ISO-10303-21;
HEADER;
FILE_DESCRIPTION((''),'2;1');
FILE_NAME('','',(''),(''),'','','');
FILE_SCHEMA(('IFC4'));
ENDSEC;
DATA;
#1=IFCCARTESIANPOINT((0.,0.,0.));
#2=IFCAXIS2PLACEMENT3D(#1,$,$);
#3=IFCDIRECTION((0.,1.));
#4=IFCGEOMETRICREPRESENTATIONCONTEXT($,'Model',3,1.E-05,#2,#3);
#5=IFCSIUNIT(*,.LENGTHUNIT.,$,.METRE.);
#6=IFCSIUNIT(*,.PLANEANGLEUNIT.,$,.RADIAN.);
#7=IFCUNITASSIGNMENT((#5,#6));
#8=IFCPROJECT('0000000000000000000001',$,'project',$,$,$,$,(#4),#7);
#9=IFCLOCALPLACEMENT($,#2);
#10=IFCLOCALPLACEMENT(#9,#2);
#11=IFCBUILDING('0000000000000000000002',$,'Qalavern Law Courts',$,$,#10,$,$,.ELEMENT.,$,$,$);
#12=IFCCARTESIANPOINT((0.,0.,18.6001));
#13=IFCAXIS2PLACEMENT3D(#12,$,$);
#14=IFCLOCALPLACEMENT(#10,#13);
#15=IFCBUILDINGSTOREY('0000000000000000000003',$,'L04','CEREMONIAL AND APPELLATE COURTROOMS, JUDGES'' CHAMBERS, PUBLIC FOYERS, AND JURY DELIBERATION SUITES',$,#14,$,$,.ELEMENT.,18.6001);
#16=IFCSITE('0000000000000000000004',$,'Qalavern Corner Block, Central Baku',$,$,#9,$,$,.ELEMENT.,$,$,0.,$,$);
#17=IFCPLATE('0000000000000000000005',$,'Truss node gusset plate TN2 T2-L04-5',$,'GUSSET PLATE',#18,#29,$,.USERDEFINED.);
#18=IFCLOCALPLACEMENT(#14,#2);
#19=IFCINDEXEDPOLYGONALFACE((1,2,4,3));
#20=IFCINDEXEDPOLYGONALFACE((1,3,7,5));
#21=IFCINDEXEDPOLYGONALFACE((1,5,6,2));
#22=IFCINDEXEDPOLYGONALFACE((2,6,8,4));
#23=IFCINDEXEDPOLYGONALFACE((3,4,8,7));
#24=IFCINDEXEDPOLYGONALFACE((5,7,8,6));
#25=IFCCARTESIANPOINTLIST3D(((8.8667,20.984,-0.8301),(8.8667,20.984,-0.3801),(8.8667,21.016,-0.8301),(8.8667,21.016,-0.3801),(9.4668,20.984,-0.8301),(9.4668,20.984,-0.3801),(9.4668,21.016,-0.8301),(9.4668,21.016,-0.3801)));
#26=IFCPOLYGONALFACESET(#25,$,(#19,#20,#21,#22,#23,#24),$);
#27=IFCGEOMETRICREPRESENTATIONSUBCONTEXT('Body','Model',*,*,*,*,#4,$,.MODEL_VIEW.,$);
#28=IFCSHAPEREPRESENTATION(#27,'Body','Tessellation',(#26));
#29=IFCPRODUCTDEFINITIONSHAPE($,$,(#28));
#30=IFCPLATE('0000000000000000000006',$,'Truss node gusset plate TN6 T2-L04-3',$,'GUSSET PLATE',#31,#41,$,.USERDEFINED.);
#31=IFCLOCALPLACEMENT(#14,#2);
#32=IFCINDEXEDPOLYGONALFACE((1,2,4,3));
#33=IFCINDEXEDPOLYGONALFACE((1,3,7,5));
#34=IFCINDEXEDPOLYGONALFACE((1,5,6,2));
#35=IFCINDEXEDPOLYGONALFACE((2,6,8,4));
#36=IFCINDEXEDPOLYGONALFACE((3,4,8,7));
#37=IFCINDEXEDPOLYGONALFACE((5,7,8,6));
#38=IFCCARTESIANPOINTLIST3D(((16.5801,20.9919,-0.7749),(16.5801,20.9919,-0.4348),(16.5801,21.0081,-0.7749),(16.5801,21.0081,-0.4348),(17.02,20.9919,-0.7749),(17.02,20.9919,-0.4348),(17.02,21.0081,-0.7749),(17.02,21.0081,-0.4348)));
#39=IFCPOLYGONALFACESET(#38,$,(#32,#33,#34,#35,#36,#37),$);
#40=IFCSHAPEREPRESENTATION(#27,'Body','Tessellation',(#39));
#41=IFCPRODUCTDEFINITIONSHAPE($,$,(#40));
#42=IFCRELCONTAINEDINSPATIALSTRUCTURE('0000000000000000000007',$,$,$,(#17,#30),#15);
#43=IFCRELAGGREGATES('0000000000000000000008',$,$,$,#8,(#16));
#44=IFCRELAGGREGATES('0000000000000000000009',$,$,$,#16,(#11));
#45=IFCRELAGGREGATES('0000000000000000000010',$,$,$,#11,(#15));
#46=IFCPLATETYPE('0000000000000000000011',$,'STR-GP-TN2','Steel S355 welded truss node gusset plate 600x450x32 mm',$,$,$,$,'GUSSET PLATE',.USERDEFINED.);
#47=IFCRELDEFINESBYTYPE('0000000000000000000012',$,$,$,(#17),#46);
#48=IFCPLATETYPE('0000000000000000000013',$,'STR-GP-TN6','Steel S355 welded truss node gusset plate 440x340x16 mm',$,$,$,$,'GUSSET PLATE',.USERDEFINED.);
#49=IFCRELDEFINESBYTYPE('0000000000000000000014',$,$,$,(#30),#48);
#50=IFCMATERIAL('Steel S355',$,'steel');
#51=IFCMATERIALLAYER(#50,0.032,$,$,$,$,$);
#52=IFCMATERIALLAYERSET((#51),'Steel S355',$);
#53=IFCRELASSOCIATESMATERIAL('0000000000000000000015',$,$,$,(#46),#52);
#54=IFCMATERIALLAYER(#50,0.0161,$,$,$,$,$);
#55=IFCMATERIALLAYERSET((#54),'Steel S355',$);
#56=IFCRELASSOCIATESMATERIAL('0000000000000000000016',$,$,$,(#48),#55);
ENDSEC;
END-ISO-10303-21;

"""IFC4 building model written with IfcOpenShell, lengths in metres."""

from ifc_helpers import new_model, si_unit, direction, frame, origin, origin_2d, place, context, subcontext, project, spatial, rectangle, extrude, material, layer, layer_set, type_object, element, save


model = new_model("IFC4")

# Units and contexts
model_context = context("Model", 3, precision=1e-05, world=origin(), true_north=direction((0.0, 1.0)))
body_context = subcontext(model_context, "Body", "Model", "MODEL_VIEW")
ifc_project = project(units=[si_unit("LENGTHUNIT", "METRE"), si_unit("PLANEANGLEUNIT", "RADIAN")], contexts=[model_context])

# Site, building, storey
site_placement = place(None, origin())
site = spatial("IfcSite", under=ifc_project, at=site_placement, Name="Qalavern Corner Block, Central Baku", CompositionType="ELEMENT", RefElevation=0.0)
building_placement = place(site_placement, origin())
building = spatial("IfcBuilding", under=site, at=building_placement, Name="Qalavern Law Courts", CompositionType="ELEMENT")
storey_placement = place(building_placement, frame((0.0, 0.0, 18.6001)))
storey = spatial("IfcBuildingStorey", under=building, at=storey_placement, Name="L04", Description="CEREMONIAL AND APPELLATE COURTROOMS, JUDGES' CHAMBERS, PUBLIC FOYERS, AND JURY DELIBERATION SUITES", CompositionType="ELEMENT", Elevation=18.6001)

# Shared definitions
ifc_material_1 = material(Name="Steel S355", Category="steel")

# Plates
ifc_layer_1 = layer(ifc_material_1, 0.032)
ifc_layer_set_1 = layer_set([ifc_layer_1], Name="Steel S355")
plate_type_1 = type_object("IfcPlateType", Name="STR-GP-TN2", Description="Steel S355 welded truss node gusset plate 600x450x32 mm", ElementType="GUSSET PLATE", PredefinedType="USERDEFINED", material=ifc_layer_set_1)
plate_1_placement = place(storey_placement, frame((9.1667, 21.0, -0.8301), z_axis=(0.0, 0.0, 1.0), x_axis=(1.0, 0.0, 0.0)))
element("IfcPlate", 1, at=plate_1_placement, inside=storey, type_object=plate_type_1, Name="Truss node gusset plate TN2 T2-L04-5", ObjectType="GUSSET PLATE", PredefinedType="USERDEFINED", context=body_context, shape_type="SweptSolid", body=[
    extrude(rectangle(XDim=0.6001, YDim=0.032, at=origin_2d()), origin(), (0.0, 0.0, 1.0), 0.45),
])
ifc_layer_2 = layer(ifc_material_1, 0.0161)
ifc_layer_set_2 = layer_set([ifc_layer_2], Name="Steel S355")
plate_type_2 = type_object("IfcPlateType", Name="STR-GP-TN6", Description="Steel S355 welded truss node gusset plate 440x340x16 mm", ElementType="GUSSET PLATE", PredefinedType="USERDEFINED", material=ifc_layer_set_2)
plate_2_placement = place(storey_placement, frame((16.8, 21.0, -0.7749), z_axis=(0.0, 0.0, 1.0), x_axis=(1.0, 0.0, 0.0)))
element("IfcPlate", 2, at=plate_2_placement, inside=storey, type_object=plate_type_2, Name="Truss node gusset plate TN6 T2-L04-3", ObjectType="GUSSET PLATE", PredefinedType="USERDEFINED", context=body_context, shape_type="SweptSolid", body=[
    extrude(rectangle(XDim=0.4399, YDim=0.0161, at=origin_2d()), origin(), (0.0, 0.0, 1.0), 0.3401),
])

save(model, "model.ifc")
